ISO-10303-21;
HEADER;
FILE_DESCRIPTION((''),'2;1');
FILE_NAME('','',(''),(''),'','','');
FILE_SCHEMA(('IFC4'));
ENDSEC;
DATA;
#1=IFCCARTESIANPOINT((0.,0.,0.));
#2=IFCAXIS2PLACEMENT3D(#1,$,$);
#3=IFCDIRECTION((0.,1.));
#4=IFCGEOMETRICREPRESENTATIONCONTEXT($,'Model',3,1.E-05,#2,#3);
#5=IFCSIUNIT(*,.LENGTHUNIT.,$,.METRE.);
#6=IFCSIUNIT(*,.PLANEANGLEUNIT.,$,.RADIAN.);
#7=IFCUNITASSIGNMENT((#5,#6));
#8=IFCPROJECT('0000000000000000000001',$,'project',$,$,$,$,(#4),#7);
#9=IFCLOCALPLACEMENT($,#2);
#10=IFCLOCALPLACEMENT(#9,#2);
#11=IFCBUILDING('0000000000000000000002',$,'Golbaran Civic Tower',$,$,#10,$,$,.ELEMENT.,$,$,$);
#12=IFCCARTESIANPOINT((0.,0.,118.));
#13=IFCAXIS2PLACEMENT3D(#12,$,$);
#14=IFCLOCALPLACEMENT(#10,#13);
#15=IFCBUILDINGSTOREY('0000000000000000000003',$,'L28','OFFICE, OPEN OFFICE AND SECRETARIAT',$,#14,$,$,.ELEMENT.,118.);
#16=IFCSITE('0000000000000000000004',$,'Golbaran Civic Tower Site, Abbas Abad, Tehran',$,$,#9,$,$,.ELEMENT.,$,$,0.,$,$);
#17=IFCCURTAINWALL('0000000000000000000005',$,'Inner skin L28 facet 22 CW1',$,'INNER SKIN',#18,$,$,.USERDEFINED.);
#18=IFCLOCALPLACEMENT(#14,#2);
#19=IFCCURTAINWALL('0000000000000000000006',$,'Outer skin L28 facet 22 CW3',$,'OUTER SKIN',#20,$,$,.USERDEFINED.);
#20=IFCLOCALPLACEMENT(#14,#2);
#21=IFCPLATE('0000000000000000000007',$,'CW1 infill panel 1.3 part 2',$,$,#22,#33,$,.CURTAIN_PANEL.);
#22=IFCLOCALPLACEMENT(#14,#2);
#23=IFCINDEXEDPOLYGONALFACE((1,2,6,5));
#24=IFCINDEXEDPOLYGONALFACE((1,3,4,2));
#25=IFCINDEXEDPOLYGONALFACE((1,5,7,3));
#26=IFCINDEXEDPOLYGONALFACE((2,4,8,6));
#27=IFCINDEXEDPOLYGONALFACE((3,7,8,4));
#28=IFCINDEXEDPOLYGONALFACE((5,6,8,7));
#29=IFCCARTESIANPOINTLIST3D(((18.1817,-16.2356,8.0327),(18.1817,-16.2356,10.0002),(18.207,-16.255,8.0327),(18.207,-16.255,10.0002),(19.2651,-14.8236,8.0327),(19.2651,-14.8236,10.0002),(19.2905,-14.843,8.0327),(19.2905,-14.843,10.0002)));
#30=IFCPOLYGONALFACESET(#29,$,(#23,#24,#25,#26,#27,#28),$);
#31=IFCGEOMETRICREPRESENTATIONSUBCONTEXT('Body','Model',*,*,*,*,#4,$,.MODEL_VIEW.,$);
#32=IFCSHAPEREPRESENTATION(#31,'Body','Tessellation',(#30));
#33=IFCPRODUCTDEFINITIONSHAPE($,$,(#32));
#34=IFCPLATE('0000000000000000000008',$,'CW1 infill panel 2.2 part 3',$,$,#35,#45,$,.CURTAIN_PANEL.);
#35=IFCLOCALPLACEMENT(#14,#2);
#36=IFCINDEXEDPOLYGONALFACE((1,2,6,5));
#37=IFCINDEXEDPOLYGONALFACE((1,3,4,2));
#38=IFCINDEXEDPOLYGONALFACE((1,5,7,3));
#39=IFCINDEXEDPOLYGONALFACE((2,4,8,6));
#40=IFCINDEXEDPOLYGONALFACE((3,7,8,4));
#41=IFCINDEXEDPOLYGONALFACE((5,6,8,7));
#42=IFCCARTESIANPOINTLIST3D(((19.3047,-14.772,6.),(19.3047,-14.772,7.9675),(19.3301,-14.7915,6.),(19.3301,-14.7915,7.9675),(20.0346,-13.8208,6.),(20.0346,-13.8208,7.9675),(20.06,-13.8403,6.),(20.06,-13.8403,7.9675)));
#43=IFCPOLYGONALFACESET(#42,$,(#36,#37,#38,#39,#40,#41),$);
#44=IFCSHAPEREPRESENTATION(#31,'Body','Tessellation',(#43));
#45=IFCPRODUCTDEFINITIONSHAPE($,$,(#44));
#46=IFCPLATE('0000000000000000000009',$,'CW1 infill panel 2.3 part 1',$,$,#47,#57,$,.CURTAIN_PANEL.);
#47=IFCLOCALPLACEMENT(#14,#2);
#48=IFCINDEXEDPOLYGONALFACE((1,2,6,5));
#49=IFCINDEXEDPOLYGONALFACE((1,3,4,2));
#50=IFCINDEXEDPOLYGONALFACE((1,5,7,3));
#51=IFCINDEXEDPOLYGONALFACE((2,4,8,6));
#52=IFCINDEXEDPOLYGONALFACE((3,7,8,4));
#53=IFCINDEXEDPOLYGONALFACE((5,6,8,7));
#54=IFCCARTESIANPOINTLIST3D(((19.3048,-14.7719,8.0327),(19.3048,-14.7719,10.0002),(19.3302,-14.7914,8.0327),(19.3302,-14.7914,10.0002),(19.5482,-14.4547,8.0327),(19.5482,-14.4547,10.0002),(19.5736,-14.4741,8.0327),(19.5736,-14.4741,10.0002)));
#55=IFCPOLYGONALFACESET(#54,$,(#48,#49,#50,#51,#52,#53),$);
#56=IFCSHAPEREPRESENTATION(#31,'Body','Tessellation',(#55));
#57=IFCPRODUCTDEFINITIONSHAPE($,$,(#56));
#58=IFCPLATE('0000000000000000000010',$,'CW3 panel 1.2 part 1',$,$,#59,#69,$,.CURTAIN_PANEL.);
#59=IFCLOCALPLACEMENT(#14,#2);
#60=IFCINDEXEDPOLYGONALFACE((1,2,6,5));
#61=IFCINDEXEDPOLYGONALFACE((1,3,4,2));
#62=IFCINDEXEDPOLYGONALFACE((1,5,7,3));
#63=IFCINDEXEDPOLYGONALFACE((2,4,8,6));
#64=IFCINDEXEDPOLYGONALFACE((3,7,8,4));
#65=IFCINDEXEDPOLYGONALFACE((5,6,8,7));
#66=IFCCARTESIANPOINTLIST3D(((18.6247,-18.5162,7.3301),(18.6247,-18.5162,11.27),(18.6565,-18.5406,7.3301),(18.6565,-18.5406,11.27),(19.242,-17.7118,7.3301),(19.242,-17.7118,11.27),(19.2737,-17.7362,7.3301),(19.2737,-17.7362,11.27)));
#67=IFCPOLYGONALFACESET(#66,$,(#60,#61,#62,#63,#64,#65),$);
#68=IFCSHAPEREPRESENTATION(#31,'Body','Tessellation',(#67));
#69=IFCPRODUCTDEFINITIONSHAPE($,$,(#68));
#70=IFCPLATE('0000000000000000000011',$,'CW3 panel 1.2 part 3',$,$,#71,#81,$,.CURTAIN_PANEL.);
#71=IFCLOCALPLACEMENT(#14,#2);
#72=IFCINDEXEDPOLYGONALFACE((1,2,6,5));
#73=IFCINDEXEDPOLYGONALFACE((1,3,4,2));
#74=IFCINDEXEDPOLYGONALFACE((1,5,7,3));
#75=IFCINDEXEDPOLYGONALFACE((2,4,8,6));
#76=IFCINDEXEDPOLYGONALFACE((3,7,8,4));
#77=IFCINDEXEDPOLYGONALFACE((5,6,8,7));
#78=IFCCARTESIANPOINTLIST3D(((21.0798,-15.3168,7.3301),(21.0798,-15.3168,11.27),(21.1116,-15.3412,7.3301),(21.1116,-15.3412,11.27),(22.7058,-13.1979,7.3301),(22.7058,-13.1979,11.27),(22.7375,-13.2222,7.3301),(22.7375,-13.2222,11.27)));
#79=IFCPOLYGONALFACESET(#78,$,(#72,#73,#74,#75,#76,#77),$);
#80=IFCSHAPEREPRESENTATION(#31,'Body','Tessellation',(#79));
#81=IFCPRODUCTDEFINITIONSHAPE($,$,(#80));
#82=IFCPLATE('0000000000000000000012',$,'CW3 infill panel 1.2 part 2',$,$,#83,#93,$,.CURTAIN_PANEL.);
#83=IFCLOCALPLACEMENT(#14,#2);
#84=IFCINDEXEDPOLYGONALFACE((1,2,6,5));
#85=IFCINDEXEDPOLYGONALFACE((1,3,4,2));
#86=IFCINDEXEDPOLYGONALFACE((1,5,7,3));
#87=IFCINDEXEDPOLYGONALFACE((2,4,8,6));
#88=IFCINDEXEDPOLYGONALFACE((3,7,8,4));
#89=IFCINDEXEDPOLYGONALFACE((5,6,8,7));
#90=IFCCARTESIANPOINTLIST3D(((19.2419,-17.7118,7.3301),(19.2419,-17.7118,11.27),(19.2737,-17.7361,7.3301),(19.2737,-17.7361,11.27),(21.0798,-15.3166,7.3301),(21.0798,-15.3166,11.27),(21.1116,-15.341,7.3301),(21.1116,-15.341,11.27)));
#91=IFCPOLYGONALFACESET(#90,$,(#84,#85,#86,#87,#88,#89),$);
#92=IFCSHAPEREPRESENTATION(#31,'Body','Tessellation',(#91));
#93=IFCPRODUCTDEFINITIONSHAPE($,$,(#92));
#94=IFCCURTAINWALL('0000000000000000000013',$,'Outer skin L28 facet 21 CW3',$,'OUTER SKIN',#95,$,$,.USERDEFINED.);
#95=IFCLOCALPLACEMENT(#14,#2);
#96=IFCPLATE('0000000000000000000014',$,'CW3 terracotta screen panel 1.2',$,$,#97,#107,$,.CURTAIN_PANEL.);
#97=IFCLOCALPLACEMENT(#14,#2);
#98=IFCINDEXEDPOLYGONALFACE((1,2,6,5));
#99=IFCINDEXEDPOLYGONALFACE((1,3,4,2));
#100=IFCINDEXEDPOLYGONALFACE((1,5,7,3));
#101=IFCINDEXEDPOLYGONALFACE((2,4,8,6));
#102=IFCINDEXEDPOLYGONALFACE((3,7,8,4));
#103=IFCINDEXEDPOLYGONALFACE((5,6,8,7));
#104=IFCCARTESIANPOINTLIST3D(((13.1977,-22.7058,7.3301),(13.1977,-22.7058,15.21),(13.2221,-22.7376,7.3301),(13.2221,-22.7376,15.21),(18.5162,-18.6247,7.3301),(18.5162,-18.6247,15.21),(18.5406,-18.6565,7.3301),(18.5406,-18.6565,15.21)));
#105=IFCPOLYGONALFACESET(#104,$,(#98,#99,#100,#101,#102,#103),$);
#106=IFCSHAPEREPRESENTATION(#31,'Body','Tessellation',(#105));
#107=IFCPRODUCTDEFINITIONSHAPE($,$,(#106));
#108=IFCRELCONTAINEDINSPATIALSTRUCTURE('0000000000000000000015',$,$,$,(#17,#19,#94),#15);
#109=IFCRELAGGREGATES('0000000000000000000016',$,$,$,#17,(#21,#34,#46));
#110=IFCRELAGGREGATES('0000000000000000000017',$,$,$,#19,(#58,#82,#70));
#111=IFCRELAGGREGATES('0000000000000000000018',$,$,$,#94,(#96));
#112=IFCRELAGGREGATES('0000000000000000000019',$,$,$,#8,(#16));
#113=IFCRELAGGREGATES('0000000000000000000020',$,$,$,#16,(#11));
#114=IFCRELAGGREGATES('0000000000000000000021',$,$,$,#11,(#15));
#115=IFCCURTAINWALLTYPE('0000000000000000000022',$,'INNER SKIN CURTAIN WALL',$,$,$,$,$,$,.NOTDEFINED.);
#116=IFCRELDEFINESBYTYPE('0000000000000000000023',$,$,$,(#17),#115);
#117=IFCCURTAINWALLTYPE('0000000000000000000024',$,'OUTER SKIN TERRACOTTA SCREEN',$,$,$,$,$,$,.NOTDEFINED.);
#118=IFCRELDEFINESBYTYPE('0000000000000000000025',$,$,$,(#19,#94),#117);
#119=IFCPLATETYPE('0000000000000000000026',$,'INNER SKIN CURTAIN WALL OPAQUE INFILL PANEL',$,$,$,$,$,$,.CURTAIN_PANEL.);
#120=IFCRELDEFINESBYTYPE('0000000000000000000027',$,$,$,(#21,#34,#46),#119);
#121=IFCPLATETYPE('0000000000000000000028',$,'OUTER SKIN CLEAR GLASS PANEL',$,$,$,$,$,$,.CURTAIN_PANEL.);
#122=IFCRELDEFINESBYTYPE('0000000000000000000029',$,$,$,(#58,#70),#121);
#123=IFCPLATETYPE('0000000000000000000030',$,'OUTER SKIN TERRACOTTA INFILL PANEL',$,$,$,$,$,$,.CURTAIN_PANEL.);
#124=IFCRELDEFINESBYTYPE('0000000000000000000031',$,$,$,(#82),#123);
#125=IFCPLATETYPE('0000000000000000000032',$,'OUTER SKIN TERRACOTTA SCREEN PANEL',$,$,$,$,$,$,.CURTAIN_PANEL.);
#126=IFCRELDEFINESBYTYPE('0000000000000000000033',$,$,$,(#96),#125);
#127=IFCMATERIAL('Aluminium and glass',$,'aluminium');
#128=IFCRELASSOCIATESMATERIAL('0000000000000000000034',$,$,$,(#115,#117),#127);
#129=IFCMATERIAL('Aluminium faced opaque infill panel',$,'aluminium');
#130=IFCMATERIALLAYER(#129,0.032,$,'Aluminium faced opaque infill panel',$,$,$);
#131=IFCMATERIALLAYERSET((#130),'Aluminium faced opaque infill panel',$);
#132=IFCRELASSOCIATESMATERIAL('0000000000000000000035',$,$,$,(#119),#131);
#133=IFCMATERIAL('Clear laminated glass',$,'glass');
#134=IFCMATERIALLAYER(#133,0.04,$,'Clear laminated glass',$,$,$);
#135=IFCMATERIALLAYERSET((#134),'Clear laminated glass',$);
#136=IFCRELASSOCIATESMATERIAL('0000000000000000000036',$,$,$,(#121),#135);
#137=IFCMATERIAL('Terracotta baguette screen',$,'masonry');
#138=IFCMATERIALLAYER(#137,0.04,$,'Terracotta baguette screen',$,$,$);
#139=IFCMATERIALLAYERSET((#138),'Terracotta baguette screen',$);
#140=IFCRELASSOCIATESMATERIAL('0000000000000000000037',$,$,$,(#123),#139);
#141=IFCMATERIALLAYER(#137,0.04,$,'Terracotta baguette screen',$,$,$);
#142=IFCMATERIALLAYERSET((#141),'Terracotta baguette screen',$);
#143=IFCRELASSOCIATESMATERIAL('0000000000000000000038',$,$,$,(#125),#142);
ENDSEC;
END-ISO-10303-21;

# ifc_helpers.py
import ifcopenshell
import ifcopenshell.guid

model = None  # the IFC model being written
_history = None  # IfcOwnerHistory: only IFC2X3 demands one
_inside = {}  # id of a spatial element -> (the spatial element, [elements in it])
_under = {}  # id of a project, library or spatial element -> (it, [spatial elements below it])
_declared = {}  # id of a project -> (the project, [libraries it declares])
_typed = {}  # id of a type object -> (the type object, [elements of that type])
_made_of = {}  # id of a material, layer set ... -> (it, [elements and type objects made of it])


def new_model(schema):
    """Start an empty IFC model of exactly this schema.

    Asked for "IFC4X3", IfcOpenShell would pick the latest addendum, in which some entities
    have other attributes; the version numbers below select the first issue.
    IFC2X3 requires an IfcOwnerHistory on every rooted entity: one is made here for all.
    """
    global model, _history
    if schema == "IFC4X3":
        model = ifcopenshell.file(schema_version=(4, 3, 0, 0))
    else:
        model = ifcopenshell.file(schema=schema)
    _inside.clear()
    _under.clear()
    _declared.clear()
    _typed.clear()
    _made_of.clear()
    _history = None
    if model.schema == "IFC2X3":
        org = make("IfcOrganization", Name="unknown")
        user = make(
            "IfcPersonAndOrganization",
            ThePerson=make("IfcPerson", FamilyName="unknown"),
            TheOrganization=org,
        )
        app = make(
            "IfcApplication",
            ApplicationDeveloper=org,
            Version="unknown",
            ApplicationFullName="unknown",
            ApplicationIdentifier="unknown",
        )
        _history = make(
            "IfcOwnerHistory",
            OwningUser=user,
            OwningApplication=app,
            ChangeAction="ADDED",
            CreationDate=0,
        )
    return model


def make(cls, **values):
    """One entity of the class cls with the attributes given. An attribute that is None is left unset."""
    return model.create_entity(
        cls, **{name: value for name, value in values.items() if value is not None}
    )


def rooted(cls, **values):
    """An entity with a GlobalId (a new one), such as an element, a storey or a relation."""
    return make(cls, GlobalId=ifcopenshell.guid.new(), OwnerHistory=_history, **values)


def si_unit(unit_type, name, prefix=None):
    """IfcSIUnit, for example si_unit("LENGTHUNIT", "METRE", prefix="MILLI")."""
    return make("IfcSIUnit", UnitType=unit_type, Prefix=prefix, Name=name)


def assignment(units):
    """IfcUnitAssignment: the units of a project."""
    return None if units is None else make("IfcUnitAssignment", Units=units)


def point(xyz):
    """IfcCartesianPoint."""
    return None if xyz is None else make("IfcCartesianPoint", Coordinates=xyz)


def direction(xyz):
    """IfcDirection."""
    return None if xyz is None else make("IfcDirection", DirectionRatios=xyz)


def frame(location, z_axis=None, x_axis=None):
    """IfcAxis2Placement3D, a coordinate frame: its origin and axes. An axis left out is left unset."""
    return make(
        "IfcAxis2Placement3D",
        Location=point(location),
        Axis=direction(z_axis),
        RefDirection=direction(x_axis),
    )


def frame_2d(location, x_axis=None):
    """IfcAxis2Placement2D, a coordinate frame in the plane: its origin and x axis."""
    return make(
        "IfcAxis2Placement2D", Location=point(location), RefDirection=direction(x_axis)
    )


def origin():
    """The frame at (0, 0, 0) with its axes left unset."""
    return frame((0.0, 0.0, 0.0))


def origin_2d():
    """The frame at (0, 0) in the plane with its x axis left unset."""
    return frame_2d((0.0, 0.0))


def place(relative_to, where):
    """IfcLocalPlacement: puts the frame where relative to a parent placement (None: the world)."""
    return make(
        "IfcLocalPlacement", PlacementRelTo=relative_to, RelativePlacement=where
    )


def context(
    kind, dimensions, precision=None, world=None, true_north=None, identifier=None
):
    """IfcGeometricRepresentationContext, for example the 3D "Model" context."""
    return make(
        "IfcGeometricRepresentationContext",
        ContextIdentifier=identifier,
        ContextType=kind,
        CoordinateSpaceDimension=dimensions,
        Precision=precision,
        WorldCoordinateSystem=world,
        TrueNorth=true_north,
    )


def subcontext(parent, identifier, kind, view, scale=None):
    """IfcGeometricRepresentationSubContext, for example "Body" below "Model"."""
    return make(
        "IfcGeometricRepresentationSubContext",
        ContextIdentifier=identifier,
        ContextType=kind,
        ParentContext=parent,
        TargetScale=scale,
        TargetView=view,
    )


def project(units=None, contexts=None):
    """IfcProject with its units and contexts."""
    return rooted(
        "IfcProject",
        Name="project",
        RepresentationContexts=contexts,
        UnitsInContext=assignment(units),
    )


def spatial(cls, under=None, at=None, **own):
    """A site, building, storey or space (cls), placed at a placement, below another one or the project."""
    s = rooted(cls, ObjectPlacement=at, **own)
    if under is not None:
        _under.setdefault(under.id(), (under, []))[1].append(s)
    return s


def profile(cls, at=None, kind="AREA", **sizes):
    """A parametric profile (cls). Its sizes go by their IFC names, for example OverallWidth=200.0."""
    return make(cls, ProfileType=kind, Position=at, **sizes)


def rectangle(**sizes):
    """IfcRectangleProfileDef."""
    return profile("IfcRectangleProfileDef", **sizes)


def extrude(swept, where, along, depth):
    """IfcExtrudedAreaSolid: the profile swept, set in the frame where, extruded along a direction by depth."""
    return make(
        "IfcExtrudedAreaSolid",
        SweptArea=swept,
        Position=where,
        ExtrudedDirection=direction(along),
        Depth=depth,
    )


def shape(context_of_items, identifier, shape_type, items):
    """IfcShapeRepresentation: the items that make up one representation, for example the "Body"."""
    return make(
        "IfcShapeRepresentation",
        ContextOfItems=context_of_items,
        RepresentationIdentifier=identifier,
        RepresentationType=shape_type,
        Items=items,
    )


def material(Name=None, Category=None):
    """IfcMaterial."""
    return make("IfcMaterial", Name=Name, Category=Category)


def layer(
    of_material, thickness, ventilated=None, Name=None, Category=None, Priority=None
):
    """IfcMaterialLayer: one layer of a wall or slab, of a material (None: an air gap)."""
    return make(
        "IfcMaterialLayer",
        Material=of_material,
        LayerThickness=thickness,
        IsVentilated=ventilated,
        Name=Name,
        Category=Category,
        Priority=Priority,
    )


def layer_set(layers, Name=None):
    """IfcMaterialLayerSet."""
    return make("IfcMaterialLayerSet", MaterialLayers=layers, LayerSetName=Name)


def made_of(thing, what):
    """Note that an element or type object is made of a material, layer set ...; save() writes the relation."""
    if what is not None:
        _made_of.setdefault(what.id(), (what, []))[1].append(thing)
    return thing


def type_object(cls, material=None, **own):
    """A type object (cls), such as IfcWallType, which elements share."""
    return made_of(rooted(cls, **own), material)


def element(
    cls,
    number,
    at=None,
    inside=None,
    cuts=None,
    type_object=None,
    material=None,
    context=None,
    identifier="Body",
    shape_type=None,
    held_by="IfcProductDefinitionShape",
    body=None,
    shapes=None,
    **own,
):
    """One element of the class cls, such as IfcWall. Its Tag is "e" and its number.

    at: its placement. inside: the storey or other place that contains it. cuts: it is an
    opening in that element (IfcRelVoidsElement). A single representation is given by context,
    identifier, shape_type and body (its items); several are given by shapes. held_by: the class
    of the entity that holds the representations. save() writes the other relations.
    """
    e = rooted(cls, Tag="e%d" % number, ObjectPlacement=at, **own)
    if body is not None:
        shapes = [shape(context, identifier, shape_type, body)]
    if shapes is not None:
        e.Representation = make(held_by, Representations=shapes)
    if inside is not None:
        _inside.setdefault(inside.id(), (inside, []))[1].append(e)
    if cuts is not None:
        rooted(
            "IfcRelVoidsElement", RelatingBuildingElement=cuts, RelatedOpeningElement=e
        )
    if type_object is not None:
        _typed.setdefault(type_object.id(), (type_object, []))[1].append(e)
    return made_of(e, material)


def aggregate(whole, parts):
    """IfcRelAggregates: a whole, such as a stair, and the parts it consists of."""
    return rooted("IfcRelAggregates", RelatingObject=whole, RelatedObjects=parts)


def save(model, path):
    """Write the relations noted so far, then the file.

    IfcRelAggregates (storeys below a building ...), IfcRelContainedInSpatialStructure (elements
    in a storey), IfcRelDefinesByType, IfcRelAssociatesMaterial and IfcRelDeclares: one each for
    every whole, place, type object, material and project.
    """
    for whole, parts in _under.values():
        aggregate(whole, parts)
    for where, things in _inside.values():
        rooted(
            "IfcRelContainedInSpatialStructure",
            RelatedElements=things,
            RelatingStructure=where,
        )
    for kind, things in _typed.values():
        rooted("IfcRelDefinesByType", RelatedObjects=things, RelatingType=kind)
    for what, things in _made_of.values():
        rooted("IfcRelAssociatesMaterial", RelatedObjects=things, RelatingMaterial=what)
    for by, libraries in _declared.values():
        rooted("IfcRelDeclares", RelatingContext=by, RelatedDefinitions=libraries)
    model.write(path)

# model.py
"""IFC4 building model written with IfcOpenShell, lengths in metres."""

from ifc_helpers import new_model, si_unit, direction, frame, origin, origin_2d, place, context, subcontext, project, spatial, rectangle, extrude, material, layer, layer_set, type_object, element, aggregate, save


model = new_model("IFC4")

# Units and contexts
model_context = context("Model", 3, precision=1e-05, world=origin(), true_north=direction((0.0, 1.0)))
body_context = subcontext(model_context, "Body", "Model", "MODEL_VIEW")
ifc_project = project(units=[si_unit("LENGTHUNIT", "METRE"), si_unit("PLANEANGLEUNIT", "RADIAN")], contexts=[model_context])

# Site, building, storey
site_placement = place(None, origin())
site = spatial("IfcSite", under=ifc_project, at=site_placement, Name="Golbaran Civic Tower Site, Abbas Abad, Tehran", CompositionType="ELEMENT", RefElevation=0.0)
building_placement = place(site_placement, origin())
building = spatial("IfcBuilding", under=site, at=building_placement, Name="Golbaran Civic Tower", CompositionType="ELEMENT")
storey_placement = place(building_placement, frame((0.0, 0.0, 118.0)))
storey = spatial("IfcBuildingStorey", under=building, at=storey_placement, Name="L28", Description="OFFICE, OPEN OFFICE AND SECRETARIAT", CompositionType="ELEMENT", Elevation=118.0)

# Curtain wall
ifc_material_1 = material(Name="Aluminium and glass", Category="aluminium")
curtain_wall_type_1 = type_object("IfcCurtainWallType", Name="INNER SKIN CURTAIN WALL", PredefinedType="NOTDEFINED", material=ifc_material_1)
curtain_wall_1_placement = place(storey_placement, origin())
curtain_wall_1 = element("IfcCurtainWall", 1, at=curtain_wall_1_placement, inside=storey, type_object=curtain_wall_type_1, Name="Inner skin L28 facet 22 CW1", ObjectType="INNER SKIN", PredefinedType="USERDEFINED")

# Curtain wall
curtain_wall_type_2 = type_object("IfcCurtainWallType", Name="OUTER SKIN TERRACOTTA SCREEN", PredefinedType="NOTDEFINED", material=ifc_material_1)
curtain_wall_2_placement = place(storey_placement, origin())
curtain_wall_2 = element("IfcCurtainWall", 2, at=curtain_wall_2_placement, inside=storey, type_object=curtain_wall_type_2, Name="Outer skin L28 facet 22 CW3", ObjectType="OUTER SKIN", PredefinedType="USERDEFINED")

# Plates
ifc_material_2 = material(Name="Aluminium faced opaque infill panel", Category="aluminium")
ifc_layer_1 = layer(ifc_material_2, 0.032, Name="Aluminium faced opaque infill panel")
ifc_layer_set_1 = layer_set([ifc_layer_1], Name="Aluminium faced opaque infill panel")
plate_type_1 = type_object("IfcPlateType", Name="INNER SKIN CURTAIN WALL OPAQUE INFILL PANEL", PredefinedType="CURTAIN_PANEL", material=ifc_layer_set_1)
plate_1_placement = place(storey_placement, frame((18.7361, -15.5393, 8.0327), z_axis=(0.0, 0.0, 1.0), x_axis=(0.608761, 0.793353, 0.0)))
plate_1 = element("IfcPlate", 3, at=plate_1_placement, type_object=plate_type_1, Name="CW1 infill panel 1.3 part 2", PredefinedType="CURTAIN_PANEL", context=body_context, shape_type="SweptSolid", body=[
    extrude(rectangle(XDim=1.7798, YDim=0.032, at=origin_2d()), origin(), (0.0, 0.0, 1.0), 1.9675),
])
plate_2_placement = place(storey_placement, frame((19.6824, -14.3062, 6.0), z_axis=(0.0, 0.0, 1.0), x_axis=(0.608761, 0.793353, 0.0)))
plate_2 = element("IfcPlate", 4, at=plate_2_placement, type_object=plate_type_1, Name="CW1 infill panel 2.2 part 3", PredefinedType="CURTAIN_PANEL", context=body_context, shape_type="SweptSolid", body=[
    extrude(rectangle(XDim=1.199, YDim=0.032, at=origin_2d()), origin(), (0.0, 0.0, 1.0), 1.9675),
])
plate_3_placement = place(storey_placement, frame((19.4392, -14.623, 8.0327), z_axis=(0.0, 0.0, 1.0), x_axis=(0.608761, 0.793353, 0.0)))
plate_3 = element("IfcPlate", 5, at=plate_3_placement, type_object=plate_type_1, Name="CW1 infill panel 2.3 part 1", PredefinedType="CURTAIN_PANEL", context=body_context, shape_type="SweptSolid", body=[
    extrude(rectangle(XDim=0.3999, YDim=0.032, at=origin_2d()), origin(), (0.0, 0.0, 1.0), 1.9675),
])
aggregate(curtain_wall_1, [plate_1, plate_2, plate_3])
ifc_material_3 = material(Name="Clear laminated glass", Category="glass")
ifc_layer_2 = layer(ifc_material_3, 0.04, Name="Clear laminated glass")
ifc_layer_set_2 = layer_set([ifc_layer_2], Name="Clear laminated glass")
plate_type_2 = type_object("IfcPlateType", Name="OUTER SKIN CLEAR GLASS PANEL", PredefinedType="CURTAIN_PANEL", material=ifc_layer_set_2)
plate_4_placement = place(storey_placement, frame((18.9492, -18.1262, 7.3301), z_axis=(0.0, 0.0, 1.0), x_axis=(0.608761, 0.793353, 0.0)))
plate_4 = element("IfcPlate", 6, at=plate_4_placement, type_object=plate_type_2, Name="CW3 panel 1.2 part 1", PredefinedType="CURTAIN_PANEL", context=body_context, shape_type="SweptSolid", body=[
    extrude(rectangle(XDim=1.0139, YDim=0.04, at=origin_2d()), origin(), (0.0, 0.0, 1.0), 3.9399),
])
plate_5_placement = place(storey_placement, frame((21.9087, -14.2695, 7.3301), z_axis=(0.0, 0.0, 1.0), x_axis=(0.608761, 0.793353, 0.0)))
plate_5 = element("IfcPlate", 7, at=plate_5_placement, type_object=plate_type_2, Name="CW3 panel 1.2 part 3", PredefinedType="CURTAIN_PANEL", context=body_context, shape_type="SweptSolid", body=[
    extrude(rectangle(XDim=2.6709, YDim=0.04, at=origin_2d()), origin(), (0.0, 0.0, 1.0), 3.9399),
])
ifc_material_4 = material(Name="Terracotta baguette screen", Category="masonry")
ifc_layer_3 = layer(ifc_material_4, 0.04, Name="Terracotta baguette screen")
ifc_layer_set_3 = layer_set([ifc_layer_3], Name="Terracotta baguette screen")
plate_type_3 = type_object("IfcPlateType", Name="OUTER SKIN TERRACOTTA INFILL PANEL", PredefinedType="CURTAIN_PANEL", material=ifc_layer_set_3)
plate_6_placement = place(storey_placement, frame((20.1768, -16.5264, 7.3301), z_axis=(0.0, 0.0, 1.0), x_axis=(0.608761, 0.793353, 0.0)))
plate_6 = element("IfcPlate", 8, at=plate_6_placement, type_object=plate_type_3, Name="CW3 infill panel 1.2 part 2", PredefinedType="CURTAIN_PANEL", context=body_context, shape_type="SweptSolid", body=[
    extrude(rectangle(XDim=3.019, YDim=0.04, at=origin_2d()), origin(), (0.0, 0.0, 1.0), 3.9399),
])
aggregate(curtain_wall_2, [plate_4, plate_6, plate_5])

# Curtain wall, plate
curtain_wall_3_placement = place(storey_placement, origin())
curtain_wall_3 = element("IfcCurtainWall", 9, at=curtain_wall_3_placement, inside=storey, type_object=curtain_wall_type_2, Name="Outer skin L28 facet 21 CW3", ObjectType="OUTER SKIN", PredefinedType="USERDEFINED")
ifc_layer_4 = layer(ifc_material_4, 0.04, Name="Terracotta baguette screen")
ifc_layer_set_4 = layer_set([ifc_layer_4], Name="Terracotta baguette screen")
plate_type_4 = type_object("IfcPlateType", Name="OUTER SKIN TERRACOTTA SCREEN PANEL", PredefinedType="CURTAIN_PANEL", material=ifc_layer_set_4)
plate_7_placement = place(storey_placement, frame((15.8691, -20.6812, 7.3301), z_axis=(0.0, 0.0, 1.0), x_axis=(0.793353, 0.608761, 0.0)))
plate_7 = element("IfcPlate", 10, at=plate_7_placement, type_object=plate_type_4, Name="CW3 terracotta screen panel 1.2", PredefinedType="CURTAIN_PANEL", context=body_context, shape_type="SweptSolid", body=[
    extrude(rectangle(XDim=6.7039, YDim=0.04, at=origin_2d()), origin(), (0.0, 0.0, 1.0), 7.8799),
])
aggregate(curtain_wall_3, [plate_7])

save(model, "model.ifc")
